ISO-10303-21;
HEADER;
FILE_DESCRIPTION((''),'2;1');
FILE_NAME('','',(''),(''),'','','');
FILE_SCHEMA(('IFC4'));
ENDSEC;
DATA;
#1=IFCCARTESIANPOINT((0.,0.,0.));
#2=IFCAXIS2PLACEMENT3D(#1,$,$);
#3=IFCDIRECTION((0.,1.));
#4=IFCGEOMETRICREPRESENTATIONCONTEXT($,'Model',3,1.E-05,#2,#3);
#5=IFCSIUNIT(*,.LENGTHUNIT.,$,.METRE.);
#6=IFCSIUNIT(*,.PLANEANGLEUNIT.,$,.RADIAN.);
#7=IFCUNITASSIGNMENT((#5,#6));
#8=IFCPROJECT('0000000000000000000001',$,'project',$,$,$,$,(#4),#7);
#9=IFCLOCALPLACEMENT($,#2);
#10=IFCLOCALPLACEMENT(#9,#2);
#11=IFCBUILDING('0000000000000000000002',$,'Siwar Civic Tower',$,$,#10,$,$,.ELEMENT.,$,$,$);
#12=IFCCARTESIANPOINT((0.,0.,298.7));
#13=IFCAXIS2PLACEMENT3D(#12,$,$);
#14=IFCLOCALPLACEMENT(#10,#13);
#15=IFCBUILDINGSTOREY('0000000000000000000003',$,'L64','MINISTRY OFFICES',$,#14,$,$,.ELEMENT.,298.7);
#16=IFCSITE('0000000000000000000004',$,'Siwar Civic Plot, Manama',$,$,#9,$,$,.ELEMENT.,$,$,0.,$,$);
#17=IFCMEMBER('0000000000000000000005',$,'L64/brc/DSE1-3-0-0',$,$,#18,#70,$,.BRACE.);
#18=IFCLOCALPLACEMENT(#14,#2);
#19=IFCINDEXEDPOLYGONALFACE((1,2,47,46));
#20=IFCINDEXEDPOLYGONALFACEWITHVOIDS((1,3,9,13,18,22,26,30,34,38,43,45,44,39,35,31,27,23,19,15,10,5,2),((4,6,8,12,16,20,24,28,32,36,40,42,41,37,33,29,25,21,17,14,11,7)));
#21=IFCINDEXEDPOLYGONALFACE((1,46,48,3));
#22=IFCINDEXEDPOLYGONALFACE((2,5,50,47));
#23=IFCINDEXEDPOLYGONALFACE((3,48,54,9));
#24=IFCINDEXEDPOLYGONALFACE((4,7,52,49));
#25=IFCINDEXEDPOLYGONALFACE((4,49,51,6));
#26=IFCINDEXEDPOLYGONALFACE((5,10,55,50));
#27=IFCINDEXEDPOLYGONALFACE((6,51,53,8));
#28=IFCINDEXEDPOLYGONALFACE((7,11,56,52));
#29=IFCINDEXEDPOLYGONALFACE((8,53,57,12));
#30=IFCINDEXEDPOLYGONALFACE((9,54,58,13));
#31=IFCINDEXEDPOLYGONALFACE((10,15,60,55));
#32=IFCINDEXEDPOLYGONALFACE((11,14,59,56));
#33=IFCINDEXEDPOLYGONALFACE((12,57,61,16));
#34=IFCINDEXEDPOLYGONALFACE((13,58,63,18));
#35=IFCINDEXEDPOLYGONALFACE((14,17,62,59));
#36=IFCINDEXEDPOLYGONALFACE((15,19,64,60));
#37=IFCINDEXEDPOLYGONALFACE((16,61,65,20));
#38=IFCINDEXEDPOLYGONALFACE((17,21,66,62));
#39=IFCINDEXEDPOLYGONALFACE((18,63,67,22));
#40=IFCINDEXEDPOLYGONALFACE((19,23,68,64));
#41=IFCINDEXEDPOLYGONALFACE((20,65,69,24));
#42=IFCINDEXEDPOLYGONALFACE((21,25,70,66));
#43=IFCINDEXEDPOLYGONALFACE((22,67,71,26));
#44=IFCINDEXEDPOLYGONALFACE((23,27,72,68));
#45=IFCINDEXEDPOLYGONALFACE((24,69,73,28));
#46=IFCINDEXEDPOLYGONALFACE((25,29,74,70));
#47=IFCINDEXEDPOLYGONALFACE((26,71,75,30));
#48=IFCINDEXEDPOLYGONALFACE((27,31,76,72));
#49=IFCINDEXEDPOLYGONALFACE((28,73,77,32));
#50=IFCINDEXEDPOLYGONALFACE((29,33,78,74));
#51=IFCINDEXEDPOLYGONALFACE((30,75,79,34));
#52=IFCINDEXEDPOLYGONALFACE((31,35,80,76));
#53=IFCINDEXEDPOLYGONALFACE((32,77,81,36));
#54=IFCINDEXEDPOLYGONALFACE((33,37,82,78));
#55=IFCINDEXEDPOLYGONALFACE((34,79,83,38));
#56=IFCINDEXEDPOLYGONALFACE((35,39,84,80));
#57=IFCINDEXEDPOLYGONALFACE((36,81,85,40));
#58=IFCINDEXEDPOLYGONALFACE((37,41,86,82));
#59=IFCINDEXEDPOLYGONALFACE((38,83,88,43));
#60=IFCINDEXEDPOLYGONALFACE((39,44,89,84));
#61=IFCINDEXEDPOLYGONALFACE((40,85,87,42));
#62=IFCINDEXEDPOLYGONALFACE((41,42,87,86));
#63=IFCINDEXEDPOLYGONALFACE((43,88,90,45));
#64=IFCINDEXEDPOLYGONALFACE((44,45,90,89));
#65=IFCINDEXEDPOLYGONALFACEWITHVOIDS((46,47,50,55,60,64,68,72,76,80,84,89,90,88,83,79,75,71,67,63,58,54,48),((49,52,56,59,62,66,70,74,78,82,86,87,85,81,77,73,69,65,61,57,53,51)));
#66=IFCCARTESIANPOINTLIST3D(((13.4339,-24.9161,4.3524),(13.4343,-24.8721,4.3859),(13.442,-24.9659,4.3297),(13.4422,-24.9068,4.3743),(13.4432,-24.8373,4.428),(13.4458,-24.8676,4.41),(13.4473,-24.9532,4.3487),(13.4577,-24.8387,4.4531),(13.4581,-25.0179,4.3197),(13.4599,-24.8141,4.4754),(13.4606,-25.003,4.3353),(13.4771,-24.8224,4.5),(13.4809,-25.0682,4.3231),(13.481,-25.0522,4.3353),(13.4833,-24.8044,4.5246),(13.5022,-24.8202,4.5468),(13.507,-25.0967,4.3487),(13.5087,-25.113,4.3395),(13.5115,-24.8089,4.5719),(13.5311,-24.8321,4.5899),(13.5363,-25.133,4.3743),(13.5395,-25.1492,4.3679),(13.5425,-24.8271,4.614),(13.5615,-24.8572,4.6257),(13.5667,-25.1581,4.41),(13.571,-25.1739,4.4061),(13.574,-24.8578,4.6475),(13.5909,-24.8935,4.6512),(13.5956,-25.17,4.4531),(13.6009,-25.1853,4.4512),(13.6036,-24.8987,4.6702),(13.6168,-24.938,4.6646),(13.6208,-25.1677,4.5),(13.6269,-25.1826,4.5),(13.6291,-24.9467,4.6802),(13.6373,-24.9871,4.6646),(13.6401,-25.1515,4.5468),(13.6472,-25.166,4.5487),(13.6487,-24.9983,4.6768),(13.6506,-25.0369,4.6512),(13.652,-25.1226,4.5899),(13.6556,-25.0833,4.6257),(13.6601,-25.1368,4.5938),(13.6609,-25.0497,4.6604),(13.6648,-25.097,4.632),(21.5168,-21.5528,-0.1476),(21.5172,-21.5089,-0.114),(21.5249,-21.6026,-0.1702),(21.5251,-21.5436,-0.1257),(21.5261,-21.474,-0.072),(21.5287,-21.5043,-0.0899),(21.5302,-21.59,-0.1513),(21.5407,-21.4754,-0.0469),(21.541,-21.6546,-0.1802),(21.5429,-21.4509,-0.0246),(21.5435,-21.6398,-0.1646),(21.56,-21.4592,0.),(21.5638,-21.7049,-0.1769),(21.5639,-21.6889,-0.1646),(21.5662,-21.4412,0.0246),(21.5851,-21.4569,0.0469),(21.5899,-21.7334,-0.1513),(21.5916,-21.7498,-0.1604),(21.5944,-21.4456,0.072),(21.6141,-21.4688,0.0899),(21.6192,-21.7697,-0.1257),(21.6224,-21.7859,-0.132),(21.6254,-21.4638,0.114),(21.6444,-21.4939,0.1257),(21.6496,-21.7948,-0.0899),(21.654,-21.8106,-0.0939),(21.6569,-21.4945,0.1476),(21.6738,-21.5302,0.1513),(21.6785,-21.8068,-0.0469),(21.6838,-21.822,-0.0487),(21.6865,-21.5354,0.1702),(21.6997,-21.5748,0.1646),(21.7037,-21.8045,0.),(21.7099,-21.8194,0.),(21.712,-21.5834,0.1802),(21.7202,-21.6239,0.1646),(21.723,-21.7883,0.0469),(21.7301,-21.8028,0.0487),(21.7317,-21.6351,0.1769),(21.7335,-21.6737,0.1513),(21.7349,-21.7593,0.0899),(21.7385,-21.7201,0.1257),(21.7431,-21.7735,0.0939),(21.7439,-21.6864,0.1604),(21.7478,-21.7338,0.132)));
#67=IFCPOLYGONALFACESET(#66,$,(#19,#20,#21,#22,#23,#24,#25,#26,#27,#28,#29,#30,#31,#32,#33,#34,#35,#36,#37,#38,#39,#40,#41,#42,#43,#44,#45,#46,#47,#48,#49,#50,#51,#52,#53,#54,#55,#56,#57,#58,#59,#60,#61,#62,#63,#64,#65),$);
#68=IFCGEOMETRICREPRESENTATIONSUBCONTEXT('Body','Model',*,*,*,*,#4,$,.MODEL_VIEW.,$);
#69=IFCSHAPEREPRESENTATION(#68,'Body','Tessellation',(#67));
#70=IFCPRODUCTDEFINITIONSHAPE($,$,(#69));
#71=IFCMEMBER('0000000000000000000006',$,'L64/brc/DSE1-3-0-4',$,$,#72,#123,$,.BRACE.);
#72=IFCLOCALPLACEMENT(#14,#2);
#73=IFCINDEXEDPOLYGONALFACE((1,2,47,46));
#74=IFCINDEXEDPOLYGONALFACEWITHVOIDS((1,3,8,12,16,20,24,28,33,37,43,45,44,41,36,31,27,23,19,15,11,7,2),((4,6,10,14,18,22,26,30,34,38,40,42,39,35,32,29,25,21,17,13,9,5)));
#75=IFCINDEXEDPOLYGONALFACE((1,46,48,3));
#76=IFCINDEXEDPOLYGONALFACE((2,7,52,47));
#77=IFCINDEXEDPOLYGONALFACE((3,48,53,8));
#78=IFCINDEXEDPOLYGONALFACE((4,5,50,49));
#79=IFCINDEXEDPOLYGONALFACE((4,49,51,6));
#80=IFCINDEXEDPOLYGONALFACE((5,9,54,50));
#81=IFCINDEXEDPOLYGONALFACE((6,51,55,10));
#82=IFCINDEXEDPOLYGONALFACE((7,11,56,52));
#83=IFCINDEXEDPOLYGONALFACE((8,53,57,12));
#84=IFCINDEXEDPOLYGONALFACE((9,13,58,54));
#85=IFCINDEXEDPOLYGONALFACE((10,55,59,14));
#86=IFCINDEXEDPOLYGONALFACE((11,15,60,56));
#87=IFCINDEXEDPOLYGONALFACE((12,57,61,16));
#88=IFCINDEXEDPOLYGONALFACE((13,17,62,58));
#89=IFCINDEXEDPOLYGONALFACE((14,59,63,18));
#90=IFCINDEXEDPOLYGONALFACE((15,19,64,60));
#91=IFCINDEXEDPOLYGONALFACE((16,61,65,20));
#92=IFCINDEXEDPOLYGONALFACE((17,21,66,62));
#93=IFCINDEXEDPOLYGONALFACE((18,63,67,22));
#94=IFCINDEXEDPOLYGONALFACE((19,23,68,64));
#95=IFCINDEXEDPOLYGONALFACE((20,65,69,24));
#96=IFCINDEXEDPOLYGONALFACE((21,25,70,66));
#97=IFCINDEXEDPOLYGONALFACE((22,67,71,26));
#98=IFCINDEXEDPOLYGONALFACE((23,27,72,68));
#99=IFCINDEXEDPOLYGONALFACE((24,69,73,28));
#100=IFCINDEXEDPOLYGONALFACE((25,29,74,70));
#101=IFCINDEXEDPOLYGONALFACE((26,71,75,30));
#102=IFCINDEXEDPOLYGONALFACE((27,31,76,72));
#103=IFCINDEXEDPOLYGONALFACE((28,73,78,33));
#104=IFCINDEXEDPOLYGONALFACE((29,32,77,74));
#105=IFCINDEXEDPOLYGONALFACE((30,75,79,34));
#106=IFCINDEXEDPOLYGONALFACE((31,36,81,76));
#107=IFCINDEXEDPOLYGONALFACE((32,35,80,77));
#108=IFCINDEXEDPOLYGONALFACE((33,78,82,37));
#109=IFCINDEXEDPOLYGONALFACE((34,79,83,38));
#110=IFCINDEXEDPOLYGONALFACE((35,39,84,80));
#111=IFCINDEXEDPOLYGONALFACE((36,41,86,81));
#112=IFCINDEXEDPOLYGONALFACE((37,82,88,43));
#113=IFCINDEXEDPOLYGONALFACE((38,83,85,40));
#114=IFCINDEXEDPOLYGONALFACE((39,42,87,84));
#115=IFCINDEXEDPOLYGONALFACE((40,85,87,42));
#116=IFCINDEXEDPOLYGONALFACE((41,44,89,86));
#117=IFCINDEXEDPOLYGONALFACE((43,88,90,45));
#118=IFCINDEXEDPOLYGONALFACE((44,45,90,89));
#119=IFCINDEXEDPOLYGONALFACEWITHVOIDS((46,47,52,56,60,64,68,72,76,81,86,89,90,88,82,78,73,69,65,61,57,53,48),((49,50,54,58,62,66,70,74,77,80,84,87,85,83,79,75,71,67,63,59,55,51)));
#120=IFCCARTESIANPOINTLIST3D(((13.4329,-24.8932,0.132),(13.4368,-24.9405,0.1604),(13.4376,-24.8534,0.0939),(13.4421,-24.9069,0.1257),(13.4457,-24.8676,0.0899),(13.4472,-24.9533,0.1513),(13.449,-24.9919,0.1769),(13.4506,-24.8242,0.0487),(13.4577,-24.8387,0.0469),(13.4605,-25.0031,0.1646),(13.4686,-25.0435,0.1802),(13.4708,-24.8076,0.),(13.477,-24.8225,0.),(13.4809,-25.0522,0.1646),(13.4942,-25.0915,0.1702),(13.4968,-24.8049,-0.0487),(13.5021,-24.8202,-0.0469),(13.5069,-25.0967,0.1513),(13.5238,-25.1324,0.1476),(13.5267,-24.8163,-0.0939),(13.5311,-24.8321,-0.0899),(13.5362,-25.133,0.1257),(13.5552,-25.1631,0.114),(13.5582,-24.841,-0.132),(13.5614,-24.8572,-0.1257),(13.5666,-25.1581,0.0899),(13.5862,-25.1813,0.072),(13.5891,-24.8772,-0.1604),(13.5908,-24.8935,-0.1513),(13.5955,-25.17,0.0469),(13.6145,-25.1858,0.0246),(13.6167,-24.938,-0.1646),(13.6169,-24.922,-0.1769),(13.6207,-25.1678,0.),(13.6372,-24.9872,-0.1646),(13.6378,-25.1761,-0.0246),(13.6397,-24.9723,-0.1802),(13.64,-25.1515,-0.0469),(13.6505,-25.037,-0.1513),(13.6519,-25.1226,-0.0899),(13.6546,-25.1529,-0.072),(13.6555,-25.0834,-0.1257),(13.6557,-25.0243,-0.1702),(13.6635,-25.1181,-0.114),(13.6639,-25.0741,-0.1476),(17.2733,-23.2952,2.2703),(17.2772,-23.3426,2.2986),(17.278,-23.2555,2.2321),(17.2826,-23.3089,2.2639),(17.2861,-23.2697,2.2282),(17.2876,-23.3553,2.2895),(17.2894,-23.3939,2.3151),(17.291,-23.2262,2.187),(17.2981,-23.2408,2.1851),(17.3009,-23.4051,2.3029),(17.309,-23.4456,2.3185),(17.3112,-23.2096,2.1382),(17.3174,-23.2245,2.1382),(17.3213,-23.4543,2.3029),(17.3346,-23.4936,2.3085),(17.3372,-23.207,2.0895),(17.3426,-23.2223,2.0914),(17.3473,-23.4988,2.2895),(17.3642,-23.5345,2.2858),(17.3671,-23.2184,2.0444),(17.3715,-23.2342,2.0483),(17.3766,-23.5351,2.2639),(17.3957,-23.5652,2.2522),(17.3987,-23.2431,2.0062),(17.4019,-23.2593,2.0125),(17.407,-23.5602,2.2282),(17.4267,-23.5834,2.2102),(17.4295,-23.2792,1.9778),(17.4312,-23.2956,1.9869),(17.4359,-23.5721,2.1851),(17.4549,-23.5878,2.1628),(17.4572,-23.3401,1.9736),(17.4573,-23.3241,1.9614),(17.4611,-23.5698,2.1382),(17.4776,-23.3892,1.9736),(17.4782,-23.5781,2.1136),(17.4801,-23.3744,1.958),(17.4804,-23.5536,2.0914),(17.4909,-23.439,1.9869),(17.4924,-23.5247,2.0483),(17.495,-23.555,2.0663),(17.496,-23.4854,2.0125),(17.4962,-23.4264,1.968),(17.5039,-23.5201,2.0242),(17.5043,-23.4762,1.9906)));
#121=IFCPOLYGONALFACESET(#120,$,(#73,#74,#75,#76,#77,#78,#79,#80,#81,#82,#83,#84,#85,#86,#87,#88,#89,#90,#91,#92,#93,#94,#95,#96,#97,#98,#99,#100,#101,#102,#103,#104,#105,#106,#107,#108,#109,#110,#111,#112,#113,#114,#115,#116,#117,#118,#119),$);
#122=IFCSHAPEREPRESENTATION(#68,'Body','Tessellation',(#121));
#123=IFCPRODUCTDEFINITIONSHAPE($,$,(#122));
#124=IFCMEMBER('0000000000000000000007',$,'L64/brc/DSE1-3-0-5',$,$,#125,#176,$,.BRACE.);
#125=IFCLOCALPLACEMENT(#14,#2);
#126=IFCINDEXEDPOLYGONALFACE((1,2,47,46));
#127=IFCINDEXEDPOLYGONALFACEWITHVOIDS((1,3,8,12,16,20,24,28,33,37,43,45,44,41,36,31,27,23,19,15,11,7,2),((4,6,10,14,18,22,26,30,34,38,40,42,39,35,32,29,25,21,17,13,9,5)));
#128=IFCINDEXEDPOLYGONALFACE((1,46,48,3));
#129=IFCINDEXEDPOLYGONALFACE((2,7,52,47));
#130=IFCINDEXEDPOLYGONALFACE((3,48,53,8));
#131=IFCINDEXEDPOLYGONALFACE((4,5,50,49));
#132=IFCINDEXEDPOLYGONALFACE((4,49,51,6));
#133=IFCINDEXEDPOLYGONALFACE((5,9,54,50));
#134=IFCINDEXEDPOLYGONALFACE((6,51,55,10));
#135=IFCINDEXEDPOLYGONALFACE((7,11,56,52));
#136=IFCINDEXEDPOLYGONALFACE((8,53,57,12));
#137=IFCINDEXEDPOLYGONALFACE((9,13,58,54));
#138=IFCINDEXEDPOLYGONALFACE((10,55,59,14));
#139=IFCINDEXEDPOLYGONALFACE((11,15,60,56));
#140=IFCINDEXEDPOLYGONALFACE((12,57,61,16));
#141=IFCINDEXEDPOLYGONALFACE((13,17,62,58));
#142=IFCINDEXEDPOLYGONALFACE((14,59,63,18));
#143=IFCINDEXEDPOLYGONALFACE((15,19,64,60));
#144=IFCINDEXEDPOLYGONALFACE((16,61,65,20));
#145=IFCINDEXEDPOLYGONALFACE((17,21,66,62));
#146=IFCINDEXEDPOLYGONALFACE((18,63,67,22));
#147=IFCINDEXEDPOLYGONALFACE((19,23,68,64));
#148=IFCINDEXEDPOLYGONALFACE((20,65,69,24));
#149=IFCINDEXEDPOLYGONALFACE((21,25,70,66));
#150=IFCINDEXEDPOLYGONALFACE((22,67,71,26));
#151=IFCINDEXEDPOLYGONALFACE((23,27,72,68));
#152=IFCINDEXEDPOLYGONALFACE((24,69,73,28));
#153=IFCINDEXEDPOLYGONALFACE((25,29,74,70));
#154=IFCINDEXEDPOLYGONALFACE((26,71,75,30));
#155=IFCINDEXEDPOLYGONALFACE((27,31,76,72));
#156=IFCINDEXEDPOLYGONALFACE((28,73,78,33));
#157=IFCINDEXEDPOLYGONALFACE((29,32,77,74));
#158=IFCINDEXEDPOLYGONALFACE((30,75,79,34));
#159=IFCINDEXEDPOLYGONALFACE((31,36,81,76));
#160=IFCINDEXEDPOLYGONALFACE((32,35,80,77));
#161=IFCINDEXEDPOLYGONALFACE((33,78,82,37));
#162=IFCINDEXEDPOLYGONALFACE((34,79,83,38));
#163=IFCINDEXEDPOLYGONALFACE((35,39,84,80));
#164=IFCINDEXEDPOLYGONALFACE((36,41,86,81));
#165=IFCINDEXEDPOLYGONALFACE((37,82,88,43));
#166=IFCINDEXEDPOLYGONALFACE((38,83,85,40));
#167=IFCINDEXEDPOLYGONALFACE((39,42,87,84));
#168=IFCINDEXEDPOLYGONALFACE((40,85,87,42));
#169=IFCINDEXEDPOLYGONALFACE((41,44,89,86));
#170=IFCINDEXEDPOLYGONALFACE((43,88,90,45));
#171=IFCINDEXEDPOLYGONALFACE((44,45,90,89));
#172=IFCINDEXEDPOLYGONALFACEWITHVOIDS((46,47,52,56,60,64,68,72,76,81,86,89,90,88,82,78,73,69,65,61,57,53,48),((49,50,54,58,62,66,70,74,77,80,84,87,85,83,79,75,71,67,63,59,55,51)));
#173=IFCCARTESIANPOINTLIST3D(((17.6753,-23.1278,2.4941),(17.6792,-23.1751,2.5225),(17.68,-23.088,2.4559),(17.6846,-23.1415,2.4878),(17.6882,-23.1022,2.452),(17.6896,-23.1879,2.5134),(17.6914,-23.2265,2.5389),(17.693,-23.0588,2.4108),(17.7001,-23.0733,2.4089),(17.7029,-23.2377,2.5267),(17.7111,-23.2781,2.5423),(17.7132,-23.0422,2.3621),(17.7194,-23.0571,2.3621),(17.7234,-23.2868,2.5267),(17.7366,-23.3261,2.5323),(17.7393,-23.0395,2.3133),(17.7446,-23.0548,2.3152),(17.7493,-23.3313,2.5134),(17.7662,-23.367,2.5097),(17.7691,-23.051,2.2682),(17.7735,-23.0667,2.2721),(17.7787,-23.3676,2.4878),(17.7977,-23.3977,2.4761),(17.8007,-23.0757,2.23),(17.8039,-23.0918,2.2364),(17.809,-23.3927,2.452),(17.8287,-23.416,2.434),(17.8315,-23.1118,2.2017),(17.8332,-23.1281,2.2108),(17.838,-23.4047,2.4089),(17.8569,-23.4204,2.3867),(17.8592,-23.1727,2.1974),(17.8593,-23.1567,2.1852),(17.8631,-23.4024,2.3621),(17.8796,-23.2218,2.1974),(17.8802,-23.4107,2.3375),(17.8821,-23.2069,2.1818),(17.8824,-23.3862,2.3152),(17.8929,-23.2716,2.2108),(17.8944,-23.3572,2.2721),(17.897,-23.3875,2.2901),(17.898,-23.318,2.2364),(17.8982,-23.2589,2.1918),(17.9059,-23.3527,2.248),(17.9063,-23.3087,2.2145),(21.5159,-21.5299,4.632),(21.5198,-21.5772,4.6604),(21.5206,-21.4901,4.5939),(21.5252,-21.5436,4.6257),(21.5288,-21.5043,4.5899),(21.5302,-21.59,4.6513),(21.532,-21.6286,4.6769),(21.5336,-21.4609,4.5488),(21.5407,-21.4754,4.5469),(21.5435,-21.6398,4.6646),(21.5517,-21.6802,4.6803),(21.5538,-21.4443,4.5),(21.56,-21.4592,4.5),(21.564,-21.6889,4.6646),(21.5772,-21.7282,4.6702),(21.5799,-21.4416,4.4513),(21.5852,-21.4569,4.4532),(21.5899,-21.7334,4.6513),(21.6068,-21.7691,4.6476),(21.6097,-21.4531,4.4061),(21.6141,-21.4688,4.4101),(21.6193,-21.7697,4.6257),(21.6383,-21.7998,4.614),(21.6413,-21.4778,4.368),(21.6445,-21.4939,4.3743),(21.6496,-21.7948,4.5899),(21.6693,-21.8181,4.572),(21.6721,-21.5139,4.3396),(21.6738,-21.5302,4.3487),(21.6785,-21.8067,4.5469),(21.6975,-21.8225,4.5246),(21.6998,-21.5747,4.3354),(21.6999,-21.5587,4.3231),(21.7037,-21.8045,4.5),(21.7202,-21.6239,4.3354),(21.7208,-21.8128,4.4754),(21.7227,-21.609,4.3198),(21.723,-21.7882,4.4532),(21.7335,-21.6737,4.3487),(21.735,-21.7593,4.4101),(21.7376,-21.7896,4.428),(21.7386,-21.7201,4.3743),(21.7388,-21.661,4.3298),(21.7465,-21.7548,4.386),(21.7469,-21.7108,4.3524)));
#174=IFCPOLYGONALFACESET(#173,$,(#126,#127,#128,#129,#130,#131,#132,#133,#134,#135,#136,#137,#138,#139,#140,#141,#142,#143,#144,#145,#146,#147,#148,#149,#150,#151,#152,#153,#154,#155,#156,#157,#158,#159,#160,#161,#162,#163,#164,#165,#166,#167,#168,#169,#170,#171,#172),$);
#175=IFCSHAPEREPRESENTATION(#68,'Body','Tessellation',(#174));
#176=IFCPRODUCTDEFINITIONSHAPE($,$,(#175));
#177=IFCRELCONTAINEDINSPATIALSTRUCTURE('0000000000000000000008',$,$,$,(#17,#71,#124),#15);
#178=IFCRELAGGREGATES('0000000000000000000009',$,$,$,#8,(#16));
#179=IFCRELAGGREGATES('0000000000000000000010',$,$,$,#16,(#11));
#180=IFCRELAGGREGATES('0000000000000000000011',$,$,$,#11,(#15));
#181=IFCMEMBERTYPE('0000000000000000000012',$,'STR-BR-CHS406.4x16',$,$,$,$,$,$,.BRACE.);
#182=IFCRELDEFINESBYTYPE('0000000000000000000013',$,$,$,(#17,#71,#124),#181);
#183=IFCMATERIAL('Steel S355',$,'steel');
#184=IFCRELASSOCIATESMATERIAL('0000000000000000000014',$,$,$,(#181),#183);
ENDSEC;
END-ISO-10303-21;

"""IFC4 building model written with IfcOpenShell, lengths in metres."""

from ifc_helpers import new_model, si_unit, direction, frame, origin, origin_2d, place, context, subcontext, project, spatial, hollow_circle, extrude, material, material_profile, profile_set, type_object, element, save


model = new_model("IFC4")

# Units and contexts
model_context = context("Model", 3, precision=1e-05, world=origin(), true_north=direction((0.0, 1.0)))
body_context = subcontext(model_context, "Body", "Model", "MODEL_VIEW")
ifc_project = project(units=[si_unit("LENGTHUNIT", "METRE"), si_unit("PLANEANGLEUNIT", "RADIAN")], contexts=[model_context])

# Site, building, storey
site_placement = place(None, origin())
site = spatial("IfcSite", under=ifc_project, at=site_placement, Name="Siwar Civic Plot, Manama", CompositionType="ELEMENT", RefElevation=0.0)
building_placement = place(site_placement, origin())
building = spatial("IfcBuilding", under=site, at=building_placement, Name="Siwar Civic Tower", CompositionType="ELEMENT")
storey_placement = place(building_placement, frame((0.0, 0.0, 298.7)))
storey = spatial("IfcBuildingStorey", under=building, at=storey_placement, Name="L64", Description="MINISTRY OFFICES", CompositionType="ELEMENT", Elevation=298.7)

# Members
ifc_material_1 = material(Name="Steel S355", Category="steel")
ifc_material_profile_1 = material_profile(ifc_material_1, hollow_circle(Radius=0.2031, WallThickness=0.0161, at=origin_2d()), Name="CHS406.4x16")
ifc_profile_set_1 = profile_set([ifc_material_profile_1], Name="Steel S355")
member_type_1 = type_object("IfcMemberType", Name="STR-BR-CHS406.4x16", PredefinedType="BRACE", material=ifc_profile_set_1)
member_1_placement = place(storey_placement, frame((21.6318, -21.6318, 0.0), z_axis=(-0.821143, -0.341671, 0.457149), x_axis=(0.384164, -0.923265, 0.0)))
element("IfcMember", 1, at=member_1_placement, inside=storey, type_object=member_type_1, Name="L64/brc/DSE1-3-0-0", PredefinedType="BRACE", context=body_context, shape_type="SweptSolid", body=[
    extrude(hollow_circle(Radius=0.2031, WallThickness=0.0161, at=origin_2d()), origin(), (0.0, 0.0, 1.0), 9.8435),
])
for number, where, z_axis, x_axis, name in (
    (2, (13.5488, -24.9951, 0.0), (0.82113, 0.341659, 0.457181), (-0.384157, 0.923268, 0.0), "L64/brc/DSE1-3-0-4"),
    (3, (17.7913, -23.2297, 2.3621), (0.821167, 0.341653, 0.45712), (-0.384136, 0.923276, 0.0), "L64/brc/DSE1-3-0-5"),
):
    element("IfcMember", number, at=place(storey_placement, frame(where, z_axis=z_axis, x_axis=x_axis)), inside=storey, type_object=member_type_1, Name=name, PredefinedType="BRACE", context=body_context, shape_type="SweptSolid", body=[
        extrude(hollow_circle(Radius=0.2031, WallThickness=0.0161, at=origin_2d()), origin(), (0.0, 0.0, 1.0), 4.677),
    ])

save(model, "model.ifc")
